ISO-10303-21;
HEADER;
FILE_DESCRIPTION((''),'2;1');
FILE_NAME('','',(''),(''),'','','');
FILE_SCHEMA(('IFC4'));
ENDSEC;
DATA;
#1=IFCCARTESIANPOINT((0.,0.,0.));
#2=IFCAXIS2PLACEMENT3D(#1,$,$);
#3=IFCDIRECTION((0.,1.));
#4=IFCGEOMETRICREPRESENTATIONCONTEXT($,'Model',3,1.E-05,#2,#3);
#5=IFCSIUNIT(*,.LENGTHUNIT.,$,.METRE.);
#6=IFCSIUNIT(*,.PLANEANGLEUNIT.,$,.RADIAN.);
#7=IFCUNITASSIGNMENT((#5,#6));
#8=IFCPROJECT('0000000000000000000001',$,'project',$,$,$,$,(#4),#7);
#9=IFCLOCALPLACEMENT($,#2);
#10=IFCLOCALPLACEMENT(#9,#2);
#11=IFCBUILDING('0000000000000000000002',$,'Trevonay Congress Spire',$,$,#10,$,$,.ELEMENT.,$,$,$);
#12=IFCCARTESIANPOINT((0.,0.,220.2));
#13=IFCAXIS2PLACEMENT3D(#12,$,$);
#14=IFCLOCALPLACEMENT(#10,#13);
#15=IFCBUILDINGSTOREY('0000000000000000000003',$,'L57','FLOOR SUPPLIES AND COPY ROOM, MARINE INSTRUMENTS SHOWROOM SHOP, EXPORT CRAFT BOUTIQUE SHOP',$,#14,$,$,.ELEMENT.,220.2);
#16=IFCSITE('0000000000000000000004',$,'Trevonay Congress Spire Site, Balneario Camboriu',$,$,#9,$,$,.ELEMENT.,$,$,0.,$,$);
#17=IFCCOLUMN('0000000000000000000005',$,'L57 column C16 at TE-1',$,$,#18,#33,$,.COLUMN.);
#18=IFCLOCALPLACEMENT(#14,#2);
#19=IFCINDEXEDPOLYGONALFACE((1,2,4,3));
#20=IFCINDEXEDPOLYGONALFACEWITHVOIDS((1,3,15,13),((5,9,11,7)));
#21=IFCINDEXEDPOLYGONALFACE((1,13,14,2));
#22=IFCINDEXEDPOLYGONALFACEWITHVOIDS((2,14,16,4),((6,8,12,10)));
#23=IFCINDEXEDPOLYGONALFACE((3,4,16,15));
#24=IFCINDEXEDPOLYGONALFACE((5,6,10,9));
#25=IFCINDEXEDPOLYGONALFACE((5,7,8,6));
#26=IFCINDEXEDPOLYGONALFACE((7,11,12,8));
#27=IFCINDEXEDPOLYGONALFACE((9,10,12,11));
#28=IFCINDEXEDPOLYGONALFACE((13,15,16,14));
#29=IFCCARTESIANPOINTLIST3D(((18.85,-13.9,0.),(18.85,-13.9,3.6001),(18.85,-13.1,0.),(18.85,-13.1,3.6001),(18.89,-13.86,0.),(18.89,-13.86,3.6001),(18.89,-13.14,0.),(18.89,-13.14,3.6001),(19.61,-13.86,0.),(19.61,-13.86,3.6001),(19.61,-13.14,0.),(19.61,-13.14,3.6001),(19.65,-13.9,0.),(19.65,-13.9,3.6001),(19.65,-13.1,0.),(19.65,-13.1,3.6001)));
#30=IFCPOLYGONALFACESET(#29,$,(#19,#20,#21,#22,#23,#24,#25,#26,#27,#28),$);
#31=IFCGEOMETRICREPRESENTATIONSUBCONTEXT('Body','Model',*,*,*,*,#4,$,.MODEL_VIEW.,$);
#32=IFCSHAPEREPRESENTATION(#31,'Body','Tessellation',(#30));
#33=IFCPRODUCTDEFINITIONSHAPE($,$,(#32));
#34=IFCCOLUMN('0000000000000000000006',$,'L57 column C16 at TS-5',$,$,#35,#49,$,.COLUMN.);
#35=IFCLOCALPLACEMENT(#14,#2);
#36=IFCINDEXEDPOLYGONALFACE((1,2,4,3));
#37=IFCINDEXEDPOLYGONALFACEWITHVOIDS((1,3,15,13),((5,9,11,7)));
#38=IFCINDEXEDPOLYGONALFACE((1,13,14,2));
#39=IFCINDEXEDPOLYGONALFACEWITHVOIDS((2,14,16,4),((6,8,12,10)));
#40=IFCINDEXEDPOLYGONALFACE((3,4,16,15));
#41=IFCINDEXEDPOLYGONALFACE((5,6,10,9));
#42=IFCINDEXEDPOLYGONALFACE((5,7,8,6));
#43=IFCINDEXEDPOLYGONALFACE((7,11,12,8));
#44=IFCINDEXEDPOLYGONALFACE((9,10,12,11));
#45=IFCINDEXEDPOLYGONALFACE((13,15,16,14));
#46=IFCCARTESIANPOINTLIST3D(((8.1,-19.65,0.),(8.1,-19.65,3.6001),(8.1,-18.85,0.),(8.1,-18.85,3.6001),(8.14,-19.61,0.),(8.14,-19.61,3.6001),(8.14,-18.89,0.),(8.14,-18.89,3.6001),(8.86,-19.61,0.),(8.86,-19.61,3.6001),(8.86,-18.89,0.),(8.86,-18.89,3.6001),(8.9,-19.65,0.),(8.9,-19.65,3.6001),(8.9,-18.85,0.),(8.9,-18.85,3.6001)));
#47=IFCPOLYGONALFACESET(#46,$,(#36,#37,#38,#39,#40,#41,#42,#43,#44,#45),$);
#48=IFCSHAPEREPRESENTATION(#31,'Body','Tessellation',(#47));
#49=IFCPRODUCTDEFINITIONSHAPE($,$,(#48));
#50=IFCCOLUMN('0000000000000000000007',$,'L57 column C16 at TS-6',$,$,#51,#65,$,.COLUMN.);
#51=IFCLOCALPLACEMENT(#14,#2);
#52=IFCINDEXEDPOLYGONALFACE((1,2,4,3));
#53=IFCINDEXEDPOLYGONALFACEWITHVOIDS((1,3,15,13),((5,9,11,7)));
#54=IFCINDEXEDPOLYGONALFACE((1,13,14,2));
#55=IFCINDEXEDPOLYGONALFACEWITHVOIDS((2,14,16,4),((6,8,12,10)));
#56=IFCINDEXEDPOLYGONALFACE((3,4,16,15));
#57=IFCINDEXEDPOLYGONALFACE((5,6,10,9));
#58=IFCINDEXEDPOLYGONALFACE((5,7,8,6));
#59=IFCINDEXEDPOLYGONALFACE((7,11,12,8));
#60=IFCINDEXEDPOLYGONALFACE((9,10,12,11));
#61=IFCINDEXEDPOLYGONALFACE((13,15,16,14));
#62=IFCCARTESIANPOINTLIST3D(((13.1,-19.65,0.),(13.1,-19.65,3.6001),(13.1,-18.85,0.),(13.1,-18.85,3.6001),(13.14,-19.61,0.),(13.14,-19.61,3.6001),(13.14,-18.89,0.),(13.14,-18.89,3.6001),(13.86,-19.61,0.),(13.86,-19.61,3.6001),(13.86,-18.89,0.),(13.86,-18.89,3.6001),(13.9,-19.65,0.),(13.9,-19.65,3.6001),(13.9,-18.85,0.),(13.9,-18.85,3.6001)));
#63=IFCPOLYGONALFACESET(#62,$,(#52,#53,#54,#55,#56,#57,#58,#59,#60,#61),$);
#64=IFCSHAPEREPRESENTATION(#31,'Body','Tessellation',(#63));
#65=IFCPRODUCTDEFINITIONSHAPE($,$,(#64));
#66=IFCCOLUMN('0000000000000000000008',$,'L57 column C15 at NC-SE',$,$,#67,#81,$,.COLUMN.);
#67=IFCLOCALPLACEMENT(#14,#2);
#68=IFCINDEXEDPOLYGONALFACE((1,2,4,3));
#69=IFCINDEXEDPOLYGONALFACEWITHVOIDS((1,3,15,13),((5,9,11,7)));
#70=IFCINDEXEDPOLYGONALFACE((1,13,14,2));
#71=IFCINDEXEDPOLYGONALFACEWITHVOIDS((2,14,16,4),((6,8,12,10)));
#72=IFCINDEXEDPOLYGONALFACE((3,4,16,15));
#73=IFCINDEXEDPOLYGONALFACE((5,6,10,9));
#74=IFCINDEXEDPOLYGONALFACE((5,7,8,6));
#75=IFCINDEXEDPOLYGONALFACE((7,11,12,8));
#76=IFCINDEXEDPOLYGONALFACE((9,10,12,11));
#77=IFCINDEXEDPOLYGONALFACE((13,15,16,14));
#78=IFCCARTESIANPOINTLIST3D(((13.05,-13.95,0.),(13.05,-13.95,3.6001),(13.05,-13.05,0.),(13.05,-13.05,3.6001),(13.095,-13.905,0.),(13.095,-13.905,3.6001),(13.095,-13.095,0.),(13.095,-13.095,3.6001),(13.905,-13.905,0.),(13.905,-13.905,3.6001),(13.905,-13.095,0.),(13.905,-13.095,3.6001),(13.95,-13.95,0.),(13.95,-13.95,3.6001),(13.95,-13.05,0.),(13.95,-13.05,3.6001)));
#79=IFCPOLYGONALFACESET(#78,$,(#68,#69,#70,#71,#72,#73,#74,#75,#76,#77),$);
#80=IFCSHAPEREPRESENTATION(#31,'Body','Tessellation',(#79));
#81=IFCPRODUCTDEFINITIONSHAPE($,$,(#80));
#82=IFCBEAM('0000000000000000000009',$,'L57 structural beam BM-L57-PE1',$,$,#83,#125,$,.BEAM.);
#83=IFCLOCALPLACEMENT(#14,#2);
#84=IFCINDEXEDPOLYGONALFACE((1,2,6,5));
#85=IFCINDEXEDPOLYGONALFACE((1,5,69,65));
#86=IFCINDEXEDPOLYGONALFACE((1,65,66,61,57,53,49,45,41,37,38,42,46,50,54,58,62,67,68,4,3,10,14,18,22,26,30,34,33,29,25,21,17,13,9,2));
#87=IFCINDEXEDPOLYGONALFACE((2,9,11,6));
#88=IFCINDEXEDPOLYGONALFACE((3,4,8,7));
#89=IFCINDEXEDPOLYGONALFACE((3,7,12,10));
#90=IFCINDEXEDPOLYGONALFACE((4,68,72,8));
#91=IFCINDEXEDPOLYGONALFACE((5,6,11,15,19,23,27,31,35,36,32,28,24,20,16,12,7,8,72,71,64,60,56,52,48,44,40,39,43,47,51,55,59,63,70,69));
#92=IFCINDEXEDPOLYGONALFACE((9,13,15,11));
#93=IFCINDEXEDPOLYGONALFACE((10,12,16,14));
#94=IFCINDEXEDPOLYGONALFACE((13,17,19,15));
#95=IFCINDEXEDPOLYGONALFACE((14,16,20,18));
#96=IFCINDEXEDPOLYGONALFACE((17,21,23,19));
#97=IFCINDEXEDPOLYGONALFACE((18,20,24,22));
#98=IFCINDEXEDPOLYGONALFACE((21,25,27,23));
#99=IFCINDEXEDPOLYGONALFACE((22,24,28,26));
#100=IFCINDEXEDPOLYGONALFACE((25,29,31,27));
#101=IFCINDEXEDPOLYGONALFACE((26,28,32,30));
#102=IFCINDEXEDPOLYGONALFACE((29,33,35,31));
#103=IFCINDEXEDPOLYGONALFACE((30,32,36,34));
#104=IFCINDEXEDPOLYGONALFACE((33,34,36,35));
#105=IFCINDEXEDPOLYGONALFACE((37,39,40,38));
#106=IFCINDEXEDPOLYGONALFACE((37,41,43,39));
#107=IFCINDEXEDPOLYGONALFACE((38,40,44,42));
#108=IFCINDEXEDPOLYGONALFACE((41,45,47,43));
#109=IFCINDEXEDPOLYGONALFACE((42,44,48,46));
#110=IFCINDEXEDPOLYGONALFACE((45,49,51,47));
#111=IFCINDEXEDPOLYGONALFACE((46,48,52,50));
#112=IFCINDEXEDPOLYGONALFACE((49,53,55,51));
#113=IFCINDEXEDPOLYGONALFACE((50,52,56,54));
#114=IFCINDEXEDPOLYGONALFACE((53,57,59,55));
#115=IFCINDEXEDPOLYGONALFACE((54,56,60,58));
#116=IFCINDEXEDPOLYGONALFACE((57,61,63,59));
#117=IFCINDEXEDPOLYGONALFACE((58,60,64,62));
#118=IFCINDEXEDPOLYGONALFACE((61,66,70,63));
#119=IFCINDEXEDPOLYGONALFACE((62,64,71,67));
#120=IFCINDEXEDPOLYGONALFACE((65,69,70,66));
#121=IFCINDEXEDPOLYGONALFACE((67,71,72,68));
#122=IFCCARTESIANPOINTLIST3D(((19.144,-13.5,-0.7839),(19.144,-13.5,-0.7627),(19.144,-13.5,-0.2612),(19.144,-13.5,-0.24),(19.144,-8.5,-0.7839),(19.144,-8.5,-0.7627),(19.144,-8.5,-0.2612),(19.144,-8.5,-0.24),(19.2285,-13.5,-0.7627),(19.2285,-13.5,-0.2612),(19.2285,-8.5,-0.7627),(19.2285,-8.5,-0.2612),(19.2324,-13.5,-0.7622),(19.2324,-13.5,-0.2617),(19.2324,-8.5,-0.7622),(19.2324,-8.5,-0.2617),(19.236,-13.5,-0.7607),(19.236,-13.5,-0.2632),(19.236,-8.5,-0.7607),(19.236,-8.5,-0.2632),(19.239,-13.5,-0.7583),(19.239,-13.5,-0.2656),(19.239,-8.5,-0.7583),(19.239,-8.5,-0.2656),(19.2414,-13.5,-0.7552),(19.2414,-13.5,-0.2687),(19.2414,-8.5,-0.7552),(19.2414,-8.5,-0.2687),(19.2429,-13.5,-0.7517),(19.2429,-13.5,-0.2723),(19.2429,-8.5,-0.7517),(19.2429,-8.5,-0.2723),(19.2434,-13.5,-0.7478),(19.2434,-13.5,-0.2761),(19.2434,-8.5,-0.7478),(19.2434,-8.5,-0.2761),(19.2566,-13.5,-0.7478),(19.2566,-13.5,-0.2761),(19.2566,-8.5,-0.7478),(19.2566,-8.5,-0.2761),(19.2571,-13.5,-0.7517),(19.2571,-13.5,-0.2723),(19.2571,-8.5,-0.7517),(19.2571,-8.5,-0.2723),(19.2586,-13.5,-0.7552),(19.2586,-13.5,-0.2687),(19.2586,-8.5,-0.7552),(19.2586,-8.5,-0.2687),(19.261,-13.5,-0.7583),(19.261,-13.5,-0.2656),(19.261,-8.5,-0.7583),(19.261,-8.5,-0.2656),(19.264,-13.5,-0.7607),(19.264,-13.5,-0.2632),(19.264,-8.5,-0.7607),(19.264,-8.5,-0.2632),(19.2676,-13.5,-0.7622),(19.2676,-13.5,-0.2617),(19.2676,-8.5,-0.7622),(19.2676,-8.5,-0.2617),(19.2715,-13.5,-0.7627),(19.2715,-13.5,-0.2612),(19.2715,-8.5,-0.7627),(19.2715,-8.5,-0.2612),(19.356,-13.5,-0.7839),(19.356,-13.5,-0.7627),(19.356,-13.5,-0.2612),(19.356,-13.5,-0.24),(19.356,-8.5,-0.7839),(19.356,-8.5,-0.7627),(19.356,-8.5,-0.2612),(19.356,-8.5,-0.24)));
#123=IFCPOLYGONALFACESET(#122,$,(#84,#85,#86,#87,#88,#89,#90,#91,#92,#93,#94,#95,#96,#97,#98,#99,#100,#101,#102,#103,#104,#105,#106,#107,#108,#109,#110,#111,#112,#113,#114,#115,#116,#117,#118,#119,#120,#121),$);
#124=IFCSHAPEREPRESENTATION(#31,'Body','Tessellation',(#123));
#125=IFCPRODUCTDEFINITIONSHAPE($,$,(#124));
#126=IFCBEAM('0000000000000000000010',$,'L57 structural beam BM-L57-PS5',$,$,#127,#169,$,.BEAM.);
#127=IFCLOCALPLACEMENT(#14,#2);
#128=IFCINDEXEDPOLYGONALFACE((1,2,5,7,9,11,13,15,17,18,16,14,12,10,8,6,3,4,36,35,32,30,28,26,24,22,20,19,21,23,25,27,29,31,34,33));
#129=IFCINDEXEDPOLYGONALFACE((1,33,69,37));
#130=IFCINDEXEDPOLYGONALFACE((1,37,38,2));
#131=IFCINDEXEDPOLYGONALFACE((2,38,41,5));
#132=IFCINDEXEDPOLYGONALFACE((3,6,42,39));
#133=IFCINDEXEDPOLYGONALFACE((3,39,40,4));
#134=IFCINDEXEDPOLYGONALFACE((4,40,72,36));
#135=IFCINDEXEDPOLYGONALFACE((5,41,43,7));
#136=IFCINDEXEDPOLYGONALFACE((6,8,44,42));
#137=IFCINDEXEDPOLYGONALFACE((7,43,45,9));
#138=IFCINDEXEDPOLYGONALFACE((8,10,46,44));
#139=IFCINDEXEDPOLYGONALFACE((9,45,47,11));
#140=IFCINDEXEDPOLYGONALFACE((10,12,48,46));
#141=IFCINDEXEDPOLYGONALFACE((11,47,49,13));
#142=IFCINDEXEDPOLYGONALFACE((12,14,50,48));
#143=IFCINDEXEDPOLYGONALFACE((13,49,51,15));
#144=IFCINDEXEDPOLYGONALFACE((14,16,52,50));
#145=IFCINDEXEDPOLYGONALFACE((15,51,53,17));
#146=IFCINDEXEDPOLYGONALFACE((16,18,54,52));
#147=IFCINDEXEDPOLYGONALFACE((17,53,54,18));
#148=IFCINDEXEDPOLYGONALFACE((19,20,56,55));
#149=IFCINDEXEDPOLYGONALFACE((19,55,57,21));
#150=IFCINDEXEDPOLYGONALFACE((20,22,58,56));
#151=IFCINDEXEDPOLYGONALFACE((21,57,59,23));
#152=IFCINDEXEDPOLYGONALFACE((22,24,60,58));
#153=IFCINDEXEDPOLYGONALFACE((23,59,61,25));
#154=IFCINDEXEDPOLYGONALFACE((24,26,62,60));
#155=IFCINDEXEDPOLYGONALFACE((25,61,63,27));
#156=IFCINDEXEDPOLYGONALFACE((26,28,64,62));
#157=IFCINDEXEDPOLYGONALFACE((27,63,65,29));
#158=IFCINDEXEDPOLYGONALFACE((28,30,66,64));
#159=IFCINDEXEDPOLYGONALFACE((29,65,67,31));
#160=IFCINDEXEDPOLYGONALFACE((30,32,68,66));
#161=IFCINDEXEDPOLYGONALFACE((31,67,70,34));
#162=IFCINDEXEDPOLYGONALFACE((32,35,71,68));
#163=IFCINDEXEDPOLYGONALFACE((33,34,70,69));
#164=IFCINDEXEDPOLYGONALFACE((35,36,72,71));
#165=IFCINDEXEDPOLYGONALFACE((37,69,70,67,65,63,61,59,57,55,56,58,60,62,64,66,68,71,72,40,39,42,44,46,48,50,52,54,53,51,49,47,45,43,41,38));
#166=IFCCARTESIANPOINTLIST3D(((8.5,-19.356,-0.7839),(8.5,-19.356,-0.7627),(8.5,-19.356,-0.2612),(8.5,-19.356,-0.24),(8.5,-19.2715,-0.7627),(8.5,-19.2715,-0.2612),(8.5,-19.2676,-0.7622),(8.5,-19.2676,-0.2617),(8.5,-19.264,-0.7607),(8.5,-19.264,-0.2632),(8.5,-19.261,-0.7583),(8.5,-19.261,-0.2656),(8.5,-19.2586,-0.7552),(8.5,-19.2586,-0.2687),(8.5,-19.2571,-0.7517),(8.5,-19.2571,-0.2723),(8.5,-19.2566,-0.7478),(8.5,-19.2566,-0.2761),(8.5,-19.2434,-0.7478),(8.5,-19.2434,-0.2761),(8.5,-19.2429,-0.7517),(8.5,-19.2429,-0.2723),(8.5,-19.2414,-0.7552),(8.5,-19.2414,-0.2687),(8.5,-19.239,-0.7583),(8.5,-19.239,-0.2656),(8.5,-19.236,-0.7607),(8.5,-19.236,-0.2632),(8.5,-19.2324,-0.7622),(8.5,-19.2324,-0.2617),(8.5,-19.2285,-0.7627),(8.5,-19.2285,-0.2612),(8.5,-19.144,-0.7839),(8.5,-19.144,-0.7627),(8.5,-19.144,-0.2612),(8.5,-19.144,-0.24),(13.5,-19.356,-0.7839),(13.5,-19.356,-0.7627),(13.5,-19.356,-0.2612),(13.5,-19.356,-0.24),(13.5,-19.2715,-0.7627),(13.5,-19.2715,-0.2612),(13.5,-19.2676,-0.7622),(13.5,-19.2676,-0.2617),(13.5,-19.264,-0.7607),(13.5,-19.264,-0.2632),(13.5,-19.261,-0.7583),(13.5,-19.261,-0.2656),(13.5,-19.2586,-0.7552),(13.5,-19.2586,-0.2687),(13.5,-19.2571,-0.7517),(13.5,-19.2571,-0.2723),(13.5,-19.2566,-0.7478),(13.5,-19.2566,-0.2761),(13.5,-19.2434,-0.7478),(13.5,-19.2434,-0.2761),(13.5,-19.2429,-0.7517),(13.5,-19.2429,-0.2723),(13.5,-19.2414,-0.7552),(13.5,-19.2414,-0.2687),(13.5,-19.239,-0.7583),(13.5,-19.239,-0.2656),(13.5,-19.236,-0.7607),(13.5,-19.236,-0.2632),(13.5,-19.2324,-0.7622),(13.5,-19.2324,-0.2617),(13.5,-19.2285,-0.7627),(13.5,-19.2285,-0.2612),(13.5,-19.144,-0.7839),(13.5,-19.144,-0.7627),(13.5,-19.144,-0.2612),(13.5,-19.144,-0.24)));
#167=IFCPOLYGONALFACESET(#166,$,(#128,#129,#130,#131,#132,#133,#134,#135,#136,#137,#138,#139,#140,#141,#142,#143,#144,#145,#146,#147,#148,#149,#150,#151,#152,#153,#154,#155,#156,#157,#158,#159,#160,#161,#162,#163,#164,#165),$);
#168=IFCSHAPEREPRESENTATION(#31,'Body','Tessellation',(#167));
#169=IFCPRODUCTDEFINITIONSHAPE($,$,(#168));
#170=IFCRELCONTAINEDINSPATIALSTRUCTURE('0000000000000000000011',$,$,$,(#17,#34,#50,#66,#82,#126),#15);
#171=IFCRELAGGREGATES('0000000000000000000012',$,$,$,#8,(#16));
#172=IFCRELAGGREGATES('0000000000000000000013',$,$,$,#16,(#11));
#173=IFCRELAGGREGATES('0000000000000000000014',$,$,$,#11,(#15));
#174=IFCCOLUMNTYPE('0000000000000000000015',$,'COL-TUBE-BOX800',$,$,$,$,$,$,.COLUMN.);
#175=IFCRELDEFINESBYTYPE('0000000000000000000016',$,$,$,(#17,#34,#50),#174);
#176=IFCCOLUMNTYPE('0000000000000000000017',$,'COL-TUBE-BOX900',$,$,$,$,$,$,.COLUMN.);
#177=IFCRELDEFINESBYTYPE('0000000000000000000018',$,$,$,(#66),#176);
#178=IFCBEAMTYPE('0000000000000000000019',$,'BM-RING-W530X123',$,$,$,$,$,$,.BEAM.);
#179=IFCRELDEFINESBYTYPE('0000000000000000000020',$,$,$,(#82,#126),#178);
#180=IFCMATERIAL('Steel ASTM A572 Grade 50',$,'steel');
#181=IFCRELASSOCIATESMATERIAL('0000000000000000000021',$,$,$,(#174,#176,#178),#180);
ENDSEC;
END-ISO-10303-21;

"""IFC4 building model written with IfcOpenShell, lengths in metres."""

from ifc_helpers import new_model, si_unit, direction, frame, origin, origin_2d, place, context, subcontext, project, spatial, hollow_rectangle, i_section, extrude, material, material_profile, profile_set, type_object, element, save


model = new_model("IFC4")

# Units and contexts
model_context = context("Model", 3, precision=1e-05, world=origin(), true_north=direction((0.0, 1.0)))
body_context = subcontext(model_context, "Body", "Model", "MODEL_VIEW")
ifc_project = project(units=[si_unit("LENGTHUNIT", "METRE"), si_unit("PLANEANGLEUNIT", "RADIAN")], contexts=[model_context])

# Site, building, storey
site_placement = place(None, origin())
site = spatial("IfcSite", under=ifc_project, at=site_placement, Name="Trevonay Congress Spire Site, Balneario Camboriu", CompositionType="ELEMENT", RefElevation=0.0)
building_placement = place(site_placement, origin())
building = spatial("IfcBuilding", under=site, at=building_placement, Name="Trevonay Congress Spire", CompositionType="ELEMENT")
storey_placement = place(building_placement, frame((0.0, 0.0, 220.2)))
storey = spatial("IfcBuildingStorey", under=building, at=storey_placement, Name="L57", Description="FLOOR SUPPLIES AND COPY ROOM, MARINE INSTRUMENTS SHOWROOM SHOP, EXPORT CRAFT BOUTIQUE SHOP", CompositionType="ELEMENT", Elevation=220.2)

# Columns
ifc_material_1 = material(Name="Steel ASTM A572 Grade 50", Category="steel")
ifc_material_profile_1 = material_profile(ifc_material_1, hollow_rectangle(XDim=0.8, YDim=0.8, WallThickness=0.04, at=origin_2d()), Name="BOX 800x800x40")
ifc_profile_set_1 = profile_set([ifc_material_profile_1], Name="Steel ASTM A572 Grade 50")
column_type_1 = type_object("IfcColumnType", Name="COL-TUBE-BOX800", PredefinedType="COLUMN", material=ifc_profile_set_1)
for number, where, z_axis, x_axis, name in (
    (1, (19.25, -13.5, 0.0), (0.0, 0.0, 1.0), (1.0, 0.0, 0.0), "L57 column C16 at TE-1"),
    (2, (8.5, -19.25, 0.0), (0.0, 0.0, 1.0), (1.0, 0.0, 0.0), "L57 column C16 at TS-5"),
    (3, (13.5, -19.25, 0.0), (0.0, 0.0, 1.0), (1.0, 0.0, 0.0), "L57 column C16 at TS-6"),
):
    element("IfcColumn", number, at=place(storey_placement, frame(where, z_axis=z_axis, x_axis=x_axis)), inside=storey, type_object=column_type_1, Name=name, PredefinedType="COLUMN", context=body_context, shape_type="SweptSolid", body=[
        extrude(hollow_rectangle(XDim=0.8, YDim=0.8, WallThickness=0.04, at=origin_2d()), origin(), (0.0, 0.0, 1.0), 3.6001),
    ])
ifc_material_profile_2 = material_profile(ifc_material_1, hollow_rectangle(XDim=0.8999, YDim=0.8999, WallThickness=0.0449, at=origin_2d()), Name="BOX 900x900x45")
ifc_profile_set_2 = profile_set([ifc_material_profile_2], Name="Steel ASTM A572 Grade 50")
column_type_2 = type_object("IfcColumnType", Name="COL-TUBE-BOX900", PredefinedType="COLUMN", material=ifc_profile_set_2)
column_placement = place(storey_placement, frame((13.5, -13.5, 0.0), z_axis=(0.0, 0.0, 1.0), x_axis=(1.0, 0.0, 0.0)))
element("IfcColumn", 4, at=column_placement, inside=storey, type_object=column_type_2, Name="L57 column C15 at NC-SE", PredefinedType="COLUMN", context=body_context, shape_type="SweptSolid", body=[
    extrude(hollow_rectangle(XDim=0.8999, YDim=0.8999, WallThickness=0.0449, at=origin_2d()), origin(), (0.0, 0.0, 1.0), 3.6001),
])

# Beams
ifc_material_profile_3 = material_profile(ifc_material_1, i_section(OverallWidth=0.2119, OverallDepth=0.5439, WebThickness=0.0132, FlangeThickness=0.0212, FilletRadius=0.0149, at=origin_2d()), Name="W530x123")
ifc_profile_set_3 = profile_set([ifc_material_profile_3], Name="Steel ASTM A572 Grade 50")
beam_type_1 = type_object("IfcBeamType", Name="BM-RING-W530X123", PredefinedType="BEAM", material=ifc_profile_set_3)
for number, where, z_axis, x_axis, name in (
    (5, (19.25, -13.5, -0.512), (0.0, 1.0, 0.0), (-1.0, 0.0, 0.0), "L57 structural beam BM-L57-PE1"),
    (6, (8.5, -19.25, -0.512), (1.0, 0.0, 0.0), (0.0, 1.0, 0.0), "L57 structural beam BM-L57-PS5"),
):
    element("IfcBeam", number, at=place(storey_placement, frame(where, z_axis=z_axis, x_axis=x_axis)), inside=storey, type_object=beam_type_1, Name=name, PredefinedType="BEAM", context=body_context, shape_type="SweptSolid", body=[
        extrude(i_section(OverallWidth=0.2119, OverallDepth=0.5439, WebThickness=0.0132, FlangeThickness=0.0212, FilletRadius=0.0149, at=origin_2d()), origin(), (0.0, 0.0, 1.0), 5.0),
    ])

save(model, "model.ifc")
